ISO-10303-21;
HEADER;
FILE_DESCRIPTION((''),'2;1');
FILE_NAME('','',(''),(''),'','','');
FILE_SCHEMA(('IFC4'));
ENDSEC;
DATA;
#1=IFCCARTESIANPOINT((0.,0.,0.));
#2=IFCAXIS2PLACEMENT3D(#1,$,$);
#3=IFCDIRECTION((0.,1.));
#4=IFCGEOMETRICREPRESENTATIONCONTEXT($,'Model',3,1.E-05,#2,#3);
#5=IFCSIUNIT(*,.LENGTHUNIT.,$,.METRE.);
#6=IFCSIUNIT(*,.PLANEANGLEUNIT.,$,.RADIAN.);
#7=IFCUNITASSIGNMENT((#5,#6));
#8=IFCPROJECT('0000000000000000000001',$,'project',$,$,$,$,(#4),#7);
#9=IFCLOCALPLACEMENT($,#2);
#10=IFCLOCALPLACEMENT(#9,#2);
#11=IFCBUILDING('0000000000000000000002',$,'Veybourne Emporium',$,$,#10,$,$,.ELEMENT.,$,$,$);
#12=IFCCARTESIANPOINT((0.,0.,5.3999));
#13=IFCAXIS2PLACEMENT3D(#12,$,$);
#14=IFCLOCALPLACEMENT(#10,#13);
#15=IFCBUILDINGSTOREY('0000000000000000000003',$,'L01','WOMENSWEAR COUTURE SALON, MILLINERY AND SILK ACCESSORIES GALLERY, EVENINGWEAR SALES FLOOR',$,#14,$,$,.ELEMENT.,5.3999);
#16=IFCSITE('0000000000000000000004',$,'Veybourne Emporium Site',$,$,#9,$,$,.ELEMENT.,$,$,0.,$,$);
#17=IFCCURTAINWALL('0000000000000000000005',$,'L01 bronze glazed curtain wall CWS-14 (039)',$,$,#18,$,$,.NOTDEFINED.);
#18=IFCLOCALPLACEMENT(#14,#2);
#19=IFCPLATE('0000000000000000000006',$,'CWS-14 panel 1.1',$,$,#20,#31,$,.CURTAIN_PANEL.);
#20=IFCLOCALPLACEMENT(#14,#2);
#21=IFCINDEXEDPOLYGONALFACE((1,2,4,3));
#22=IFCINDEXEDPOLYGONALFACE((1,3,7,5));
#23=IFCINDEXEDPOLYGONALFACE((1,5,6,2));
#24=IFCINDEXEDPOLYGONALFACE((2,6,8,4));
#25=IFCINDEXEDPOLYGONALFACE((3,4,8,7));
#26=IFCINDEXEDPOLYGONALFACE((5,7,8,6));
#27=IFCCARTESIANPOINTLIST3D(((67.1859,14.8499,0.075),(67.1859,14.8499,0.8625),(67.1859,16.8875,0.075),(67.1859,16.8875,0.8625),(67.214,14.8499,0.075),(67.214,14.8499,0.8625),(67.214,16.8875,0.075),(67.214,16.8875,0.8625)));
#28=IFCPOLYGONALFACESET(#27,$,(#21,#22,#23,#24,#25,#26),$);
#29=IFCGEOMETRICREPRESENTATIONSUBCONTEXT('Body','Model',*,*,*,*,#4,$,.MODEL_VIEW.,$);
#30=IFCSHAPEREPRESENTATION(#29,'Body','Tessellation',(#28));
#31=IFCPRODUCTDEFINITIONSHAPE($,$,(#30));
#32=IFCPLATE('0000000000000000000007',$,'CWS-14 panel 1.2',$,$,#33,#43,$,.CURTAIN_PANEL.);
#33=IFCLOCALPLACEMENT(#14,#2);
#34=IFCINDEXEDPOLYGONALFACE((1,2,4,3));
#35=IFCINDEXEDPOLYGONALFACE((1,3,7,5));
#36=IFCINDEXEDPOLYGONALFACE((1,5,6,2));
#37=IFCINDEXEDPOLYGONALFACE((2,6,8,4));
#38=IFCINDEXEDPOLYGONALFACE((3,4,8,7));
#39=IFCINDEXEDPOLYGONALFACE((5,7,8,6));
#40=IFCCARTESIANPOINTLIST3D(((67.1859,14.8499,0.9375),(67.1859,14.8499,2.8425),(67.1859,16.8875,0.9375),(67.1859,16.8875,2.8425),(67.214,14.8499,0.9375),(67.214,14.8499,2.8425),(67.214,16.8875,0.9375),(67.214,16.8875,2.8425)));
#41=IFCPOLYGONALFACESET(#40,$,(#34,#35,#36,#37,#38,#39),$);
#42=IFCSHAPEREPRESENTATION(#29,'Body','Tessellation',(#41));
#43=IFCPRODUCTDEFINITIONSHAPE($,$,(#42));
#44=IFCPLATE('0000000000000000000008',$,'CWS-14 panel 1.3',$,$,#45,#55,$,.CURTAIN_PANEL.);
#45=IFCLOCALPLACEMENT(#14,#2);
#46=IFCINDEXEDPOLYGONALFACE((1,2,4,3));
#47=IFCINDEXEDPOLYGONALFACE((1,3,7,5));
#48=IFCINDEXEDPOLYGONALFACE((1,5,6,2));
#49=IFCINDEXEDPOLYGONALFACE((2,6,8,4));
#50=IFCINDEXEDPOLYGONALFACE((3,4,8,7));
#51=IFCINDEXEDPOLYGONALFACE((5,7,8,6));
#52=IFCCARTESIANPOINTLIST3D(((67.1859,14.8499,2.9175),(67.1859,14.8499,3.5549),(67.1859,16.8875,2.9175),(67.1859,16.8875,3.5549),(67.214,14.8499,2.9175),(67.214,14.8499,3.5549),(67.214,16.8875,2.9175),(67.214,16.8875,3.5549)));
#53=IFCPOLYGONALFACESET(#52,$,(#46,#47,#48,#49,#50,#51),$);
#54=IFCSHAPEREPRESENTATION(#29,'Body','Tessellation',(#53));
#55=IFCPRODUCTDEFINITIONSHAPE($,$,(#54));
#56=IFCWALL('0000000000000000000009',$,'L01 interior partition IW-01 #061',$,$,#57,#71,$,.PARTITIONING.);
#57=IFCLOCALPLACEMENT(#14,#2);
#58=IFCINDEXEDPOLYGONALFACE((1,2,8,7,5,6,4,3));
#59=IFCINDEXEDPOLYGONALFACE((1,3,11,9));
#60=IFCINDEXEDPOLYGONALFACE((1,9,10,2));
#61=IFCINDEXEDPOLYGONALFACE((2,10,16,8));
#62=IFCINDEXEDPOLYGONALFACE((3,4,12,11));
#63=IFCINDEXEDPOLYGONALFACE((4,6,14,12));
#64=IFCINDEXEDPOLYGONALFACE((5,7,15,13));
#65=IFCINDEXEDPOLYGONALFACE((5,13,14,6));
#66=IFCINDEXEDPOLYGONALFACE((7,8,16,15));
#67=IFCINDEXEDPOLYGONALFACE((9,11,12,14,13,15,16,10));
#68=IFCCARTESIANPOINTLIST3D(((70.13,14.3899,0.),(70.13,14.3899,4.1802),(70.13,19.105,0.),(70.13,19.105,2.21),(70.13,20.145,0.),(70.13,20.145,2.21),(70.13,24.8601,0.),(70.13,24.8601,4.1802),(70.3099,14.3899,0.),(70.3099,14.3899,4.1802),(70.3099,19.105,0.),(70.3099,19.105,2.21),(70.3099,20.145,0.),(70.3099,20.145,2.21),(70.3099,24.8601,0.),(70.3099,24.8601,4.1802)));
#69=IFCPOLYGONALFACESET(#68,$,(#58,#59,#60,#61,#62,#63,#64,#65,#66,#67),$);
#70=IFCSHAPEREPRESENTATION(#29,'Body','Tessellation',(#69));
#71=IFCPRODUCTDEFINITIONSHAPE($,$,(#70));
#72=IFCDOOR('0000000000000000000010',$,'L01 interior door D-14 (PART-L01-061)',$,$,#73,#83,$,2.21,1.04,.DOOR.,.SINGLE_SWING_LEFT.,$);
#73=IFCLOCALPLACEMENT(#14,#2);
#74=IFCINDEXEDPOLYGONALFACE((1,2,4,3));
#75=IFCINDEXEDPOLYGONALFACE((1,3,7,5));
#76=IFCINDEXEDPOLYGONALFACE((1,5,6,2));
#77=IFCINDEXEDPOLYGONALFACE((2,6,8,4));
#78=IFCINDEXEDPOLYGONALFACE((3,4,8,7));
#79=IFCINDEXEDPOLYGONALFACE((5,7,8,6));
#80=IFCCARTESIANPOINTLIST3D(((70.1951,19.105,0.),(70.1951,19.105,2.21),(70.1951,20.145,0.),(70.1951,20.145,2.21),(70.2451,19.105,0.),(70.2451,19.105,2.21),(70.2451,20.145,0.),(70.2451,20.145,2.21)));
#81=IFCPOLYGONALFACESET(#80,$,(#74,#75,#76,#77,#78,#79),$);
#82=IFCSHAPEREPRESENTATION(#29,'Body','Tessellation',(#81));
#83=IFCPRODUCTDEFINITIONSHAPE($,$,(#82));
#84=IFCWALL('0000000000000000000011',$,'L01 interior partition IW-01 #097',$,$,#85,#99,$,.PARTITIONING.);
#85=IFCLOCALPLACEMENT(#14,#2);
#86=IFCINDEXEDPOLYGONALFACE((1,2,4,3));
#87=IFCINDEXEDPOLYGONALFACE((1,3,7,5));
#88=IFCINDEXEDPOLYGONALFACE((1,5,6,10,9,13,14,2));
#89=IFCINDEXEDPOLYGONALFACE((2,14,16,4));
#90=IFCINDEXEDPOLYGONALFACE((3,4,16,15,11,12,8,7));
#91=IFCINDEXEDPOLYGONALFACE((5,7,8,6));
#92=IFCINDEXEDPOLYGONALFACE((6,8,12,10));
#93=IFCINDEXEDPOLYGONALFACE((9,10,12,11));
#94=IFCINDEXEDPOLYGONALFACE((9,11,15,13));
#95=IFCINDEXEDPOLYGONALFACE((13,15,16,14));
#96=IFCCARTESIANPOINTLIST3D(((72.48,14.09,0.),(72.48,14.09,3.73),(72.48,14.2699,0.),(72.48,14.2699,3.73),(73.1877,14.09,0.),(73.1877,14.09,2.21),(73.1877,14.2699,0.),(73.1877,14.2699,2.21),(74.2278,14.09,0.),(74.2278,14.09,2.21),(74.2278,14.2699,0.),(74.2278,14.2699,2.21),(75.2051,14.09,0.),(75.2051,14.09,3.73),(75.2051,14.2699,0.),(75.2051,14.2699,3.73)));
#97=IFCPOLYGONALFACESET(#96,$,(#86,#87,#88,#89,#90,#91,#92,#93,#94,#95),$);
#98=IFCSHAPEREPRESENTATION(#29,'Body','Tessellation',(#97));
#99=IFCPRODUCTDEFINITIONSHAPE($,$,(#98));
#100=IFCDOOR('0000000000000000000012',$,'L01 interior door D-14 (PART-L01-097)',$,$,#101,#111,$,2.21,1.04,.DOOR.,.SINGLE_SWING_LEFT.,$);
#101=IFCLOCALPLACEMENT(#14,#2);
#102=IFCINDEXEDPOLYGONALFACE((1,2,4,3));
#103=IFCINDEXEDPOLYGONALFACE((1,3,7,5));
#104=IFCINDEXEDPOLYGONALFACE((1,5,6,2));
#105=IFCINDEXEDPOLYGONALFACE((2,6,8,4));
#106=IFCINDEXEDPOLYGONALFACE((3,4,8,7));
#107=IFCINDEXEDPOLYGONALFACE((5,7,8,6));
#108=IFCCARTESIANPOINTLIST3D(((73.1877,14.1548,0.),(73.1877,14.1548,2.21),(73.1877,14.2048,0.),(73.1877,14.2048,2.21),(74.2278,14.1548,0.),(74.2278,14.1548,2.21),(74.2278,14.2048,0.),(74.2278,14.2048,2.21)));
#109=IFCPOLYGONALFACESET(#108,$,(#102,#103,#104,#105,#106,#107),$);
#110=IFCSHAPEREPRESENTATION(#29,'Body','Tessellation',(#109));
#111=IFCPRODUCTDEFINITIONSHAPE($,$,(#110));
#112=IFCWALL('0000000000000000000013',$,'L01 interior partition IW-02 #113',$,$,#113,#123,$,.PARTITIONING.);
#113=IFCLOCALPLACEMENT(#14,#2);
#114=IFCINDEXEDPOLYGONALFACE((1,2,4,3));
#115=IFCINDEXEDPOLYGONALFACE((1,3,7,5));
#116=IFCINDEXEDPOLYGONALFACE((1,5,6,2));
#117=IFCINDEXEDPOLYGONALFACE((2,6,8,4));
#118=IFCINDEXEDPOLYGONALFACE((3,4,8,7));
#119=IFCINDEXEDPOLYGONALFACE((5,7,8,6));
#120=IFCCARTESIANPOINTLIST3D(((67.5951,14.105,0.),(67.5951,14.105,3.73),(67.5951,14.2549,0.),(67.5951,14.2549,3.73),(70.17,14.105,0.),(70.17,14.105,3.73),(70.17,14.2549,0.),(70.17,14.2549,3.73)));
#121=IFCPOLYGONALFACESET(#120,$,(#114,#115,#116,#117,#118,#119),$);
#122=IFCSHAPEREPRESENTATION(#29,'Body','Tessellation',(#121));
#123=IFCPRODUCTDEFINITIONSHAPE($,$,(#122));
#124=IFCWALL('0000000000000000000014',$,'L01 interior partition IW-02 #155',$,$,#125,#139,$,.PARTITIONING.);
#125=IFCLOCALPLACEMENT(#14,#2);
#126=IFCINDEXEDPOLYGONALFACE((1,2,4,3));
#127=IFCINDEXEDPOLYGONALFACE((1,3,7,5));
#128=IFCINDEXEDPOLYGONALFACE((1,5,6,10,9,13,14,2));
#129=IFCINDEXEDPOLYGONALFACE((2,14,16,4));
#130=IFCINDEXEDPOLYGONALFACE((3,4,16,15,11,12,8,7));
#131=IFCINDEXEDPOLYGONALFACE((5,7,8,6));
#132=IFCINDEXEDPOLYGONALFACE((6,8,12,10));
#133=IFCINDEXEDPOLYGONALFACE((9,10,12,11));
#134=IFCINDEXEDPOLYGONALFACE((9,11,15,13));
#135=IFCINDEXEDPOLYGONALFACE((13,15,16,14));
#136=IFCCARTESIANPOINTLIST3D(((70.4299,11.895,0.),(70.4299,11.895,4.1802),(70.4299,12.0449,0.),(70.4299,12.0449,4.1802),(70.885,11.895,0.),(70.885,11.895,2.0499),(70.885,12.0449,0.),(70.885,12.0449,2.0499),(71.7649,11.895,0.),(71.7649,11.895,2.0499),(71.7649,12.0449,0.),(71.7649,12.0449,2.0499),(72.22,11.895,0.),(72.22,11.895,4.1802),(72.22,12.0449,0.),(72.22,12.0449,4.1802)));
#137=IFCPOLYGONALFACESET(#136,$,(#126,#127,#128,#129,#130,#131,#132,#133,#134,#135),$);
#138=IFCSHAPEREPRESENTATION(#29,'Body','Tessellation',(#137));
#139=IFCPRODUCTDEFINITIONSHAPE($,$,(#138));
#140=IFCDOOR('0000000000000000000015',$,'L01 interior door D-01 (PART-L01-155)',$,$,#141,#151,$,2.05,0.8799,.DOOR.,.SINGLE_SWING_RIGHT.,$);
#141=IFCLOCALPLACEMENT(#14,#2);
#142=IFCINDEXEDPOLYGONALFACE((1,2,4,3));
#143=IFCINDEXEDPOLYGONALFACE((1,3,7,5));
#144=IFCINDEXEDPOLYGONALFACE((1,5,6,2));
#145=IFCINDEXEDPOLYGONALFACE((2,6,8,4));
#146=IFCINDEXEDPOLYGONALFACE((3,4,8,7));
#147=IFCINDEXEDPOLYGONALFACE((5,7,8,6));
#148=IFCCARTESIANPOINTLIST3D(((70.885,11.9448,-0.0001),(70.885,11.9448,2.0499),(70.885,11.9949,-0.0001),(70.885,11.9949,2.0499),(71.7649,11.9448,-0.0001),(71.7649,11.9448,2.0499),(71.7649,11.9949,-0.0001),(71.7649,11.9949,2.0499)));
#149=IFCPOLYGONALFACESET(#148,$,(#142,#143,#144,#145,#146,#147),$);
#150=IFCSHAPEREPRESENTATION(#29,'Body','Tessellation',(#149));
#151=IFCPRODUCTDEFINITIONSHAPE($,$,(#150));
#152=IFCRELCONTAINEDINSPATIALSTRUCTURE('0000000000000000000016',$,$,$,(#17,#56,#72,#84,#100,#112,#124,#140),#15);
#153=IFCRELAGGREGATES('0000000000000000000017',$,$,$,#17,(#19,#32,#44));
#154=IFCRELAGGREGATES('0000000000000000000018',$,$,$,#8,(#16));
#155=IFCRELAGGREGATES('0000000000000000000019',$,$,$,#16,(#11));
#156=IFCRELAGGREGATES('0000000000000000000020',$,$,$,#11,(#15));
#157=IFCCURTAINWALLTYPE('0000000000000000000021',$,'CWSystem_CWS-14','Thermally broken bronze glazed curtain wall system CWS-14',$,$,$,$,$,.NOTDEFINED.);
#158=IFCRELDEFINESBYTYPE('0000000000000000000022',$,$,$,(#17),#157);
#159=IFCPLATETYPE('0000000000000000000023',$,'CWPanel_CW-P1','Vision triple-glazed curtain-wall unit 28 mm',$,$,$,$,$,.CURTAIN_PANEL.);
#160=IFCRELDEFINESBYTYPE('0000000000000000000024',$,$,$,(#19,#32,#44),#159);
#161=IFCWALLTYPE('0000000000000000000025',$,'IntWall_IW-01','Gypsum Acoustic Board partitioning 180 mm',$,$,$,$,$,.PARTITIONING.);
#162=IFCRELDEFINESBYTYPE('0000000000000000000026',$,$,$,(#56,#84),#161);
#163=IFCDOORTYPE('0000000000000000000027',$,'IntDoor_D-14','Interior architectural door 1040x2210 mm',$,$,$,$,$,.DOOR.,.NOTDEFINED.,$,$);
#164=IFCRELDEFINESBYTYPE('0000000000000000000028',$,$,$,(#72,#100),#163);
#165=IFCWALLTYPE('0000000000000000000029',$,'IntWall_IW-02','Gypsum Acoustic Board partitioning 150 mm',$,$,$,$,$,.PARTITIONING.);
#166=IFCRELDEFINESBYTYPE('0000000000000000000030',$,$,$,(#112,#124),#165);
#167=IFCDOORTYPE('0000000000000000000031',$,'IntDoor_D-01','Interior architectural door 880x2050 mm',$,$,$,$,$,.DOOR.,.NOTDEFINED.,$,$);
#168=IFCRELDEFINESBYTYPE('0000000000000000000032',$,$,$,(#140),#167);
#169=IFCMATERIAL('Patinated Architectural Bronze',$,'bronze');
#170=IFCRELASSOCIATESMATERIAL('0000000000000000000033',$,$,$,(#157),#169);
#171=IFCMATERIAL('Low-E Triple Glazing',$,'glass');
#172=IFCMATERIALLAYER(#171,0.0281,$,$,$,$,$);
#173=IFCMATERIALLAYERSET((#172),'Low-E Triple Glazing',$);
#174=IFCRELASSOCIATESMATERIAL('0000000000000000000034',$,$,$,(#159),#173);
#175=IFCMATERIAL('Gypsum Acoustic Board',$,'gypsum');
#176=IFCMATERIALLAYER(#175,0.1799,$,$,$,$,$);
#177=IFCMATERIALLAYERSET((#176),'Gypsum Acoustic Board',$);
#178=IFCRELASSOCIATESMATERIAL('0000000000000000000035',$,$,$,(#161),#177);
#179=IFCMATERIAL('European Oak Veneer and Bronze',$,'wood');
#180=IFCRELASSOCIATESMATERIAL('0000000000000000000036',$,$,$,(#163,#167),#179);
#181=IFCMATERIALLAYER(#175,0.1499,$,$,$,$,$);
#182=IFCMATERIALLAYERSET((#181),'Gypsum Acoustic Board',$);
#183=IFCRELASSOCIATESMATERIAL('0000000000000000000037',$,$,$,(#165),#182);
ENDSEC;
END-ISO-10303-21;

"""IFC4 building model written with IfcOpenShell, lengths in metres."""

from ifc_helpers import new_model, si_unit, direction, frame, frame_2d, origin, origin_2d, place, context, subcontext, project, spatial, rectangle, extrude, material, layer, layer_set, type_object, element, fill, aggregate, save


model = new_model("IFC4")

# Units and contexts
model_context = context("Model", 3, precision=1e-05, world=origin(), true_north=direction((0.0, 1.0)))
body_context = subcontext(model_context, "Body", "Model", "MODEL_VIEW")
ifc_project = project(units=[si_unit("LENGTHUNIT", "METRE"), si_unit("PLANEANGLEUNIT", "RADIAN")], contexts=[model_context])

# Site, building, storey
site_placement = place(None, origin())
site = spatial("IfcSite", under=ifc_project, at=site_placement, Name="Veybourne Emporium Site", CompositionType="ELEMENT", RefElevation=0.0)
building_placement = place(site_placement, origin())
building = spatial("IfcBuilding", under=site, at=building_placement, Name="Veybourne Emporium", CompositionType="ELEMENT")
storey_placement = place(building_placement, frame((0.0, 0.0, 5.3999)))
storey = spatial("IfcBuildingStorey", under=building, at=storey_placement, Name="L01", Description="WOMENSWEAR COUTURE SALON, MILLINERY AND SILK ACCESSORIES GALLERY, EVENINGWEAR SALES FLOOR", CompositionType="ELEMENT", Elevation=5.3999)

# Curtain wall
ifc_material_1 = material(Name="Patinated Architectural Bronze", Category="bronze")
curtain_wall_type_1 = type_object("IfcCurtainWallType", Name="CWSystem_CWS-14", Description="Thermally broken bronze glazed curtain wall system CWS-14", PredefinedType="NOTDEFINED", material=ifc_material_1)
curtain_wall_1_placement = place(storey_placement, origin())
curtain_wall_1 = element("IfcCurtainWall", 1, at=curtain_wall_1_placement, inside=storey, type_object=curtain_wall_type_1, Name="L01 bronze glazed curtain wall CWS-14 (039)", PredefinedType="NOTDEFINED")

# Shared definitions
ifc_material_2 = material(Name="Low-E Triple Glazing", Category="glass")
ifc_layer_1 = layer(ifc_material_2, 0.0281)
ifc_layer_set_1 = layer_set([ifc_layer_1], Name="Low-E Triple Glazing")
plate_type = type_object("IfcPlateType", Name="CWPanel_CW-P1", Description="Vision triple-glazed curtain-wall unit 28 mm", PredefinedType="CURTAIN_PANEL", material=ifc_layer_set_1)

# Plates
plate_1_placement = place(storey_placement, frame((67.2, 15.8687, 0.075), z_axis=(0.0, 0.0, 1.0), x_axis=(0.0, 1.0, 0.0)))
plate_1 = element("IfcPlate", 2, at=plate_1_placement, type_object=plate_type, Name="CWS-14 panel 1.1", PredefinedType="CURTAIN_PANEL", context=body_context, shape_type="SweptSolid", body=[
    extrude(rectangle(XDim=2.0376, YDim=0.0281, at=origin_2d()), origin(), (0.0, 0.0, 1.0), 0.7876),
])
plate_2_placement = place(storey_placement, frame((67.2, 15.8687, 0.9375), z_axis=(0.0, 0.0, 1.0), x_axis=(0.0, 1.0, 0.0)))
plate_2 = element("IfcPlate", 3, at=plate_2_placement, type_object=plate_type, Name="CWS-14 panel 1.2", PredefinedType="CURTAIN_PANEL", context=body_context, shape_type="SweptSolid", body=[
    extrude(rectangle(XDim=2.0376, YDim=0.0281, at=origin_2d()), origin(), (0.0, 0.0, 1.0), 1.905),
])
plate_3_placement = place(storey_placement, frame((67.2, 15.8687, 2.9175), z_axis=(0.0, 0.0, 1.0), x_axis=(0.0, 1.0, 0.0)))
plate_3 = element("IfcPlate", 4, at=plate_3_placement, type_object=plate_type, Name="CWS-14 panel 1.3", PredefinedType="CURTAIN_PANEL", context=body_context, shape_type="SweptSolid", body=[
    extrude(rectangle(XDim=2.0376, YDim=0.0281, at=origin_2d()), origin(), (0.0, 0.0, 1.0), 0.6375),
])
aggregate(curtain_wall_1, [plate_1, plate_2, plate_3])

# Walls, openings, doors
ifc_material_3 = material(Name="Gypsum Acoustic Board", Category="gypsum")
ifc_layer_2 = layer(ifc_material_3, 0.1799)
ifc_layer_set_2 = layer_set([ifc_layer_2], Name="Gypsum Acoustic Board")
wall_type_1 = type_object("IfcWallType", Name="IntWall_IW-01", Description="Gypsum Acoustic Board partitioning 180 mm", PredefinedType="PARTITIONING", material=ifc_layer_set_2)
wall_1_placement = place(storey_placement, frame((70.22, 14.3899, 0.0), z_axis=(0.0, 0.0, 1.0), x_axis=(0.0, 1.0, 0.0)))
wall_1 = element("IfcWall", 5, at=wall_1_placement, inside=storey, type_object=wall_type_1, Name="L01 interior partition IW-01 #061", PredefinedType="PARTITIONING", context=body_context, shape_type="SweptSolid", body=[
    extrude(rectangle(XDim=10.4702, YDim=0.1799, at=frame_2d((5.2351, 0.0))), origin(), (0.0, 0.0, 1.0), 4.1802),
])
opening_1_placement = place(wall_1_placement, frame((4.7151, 0.0, 0.0)))
opening_1 = element("IfcOpeningElement", 6, at=opening_1_placement, cuts=wall_1, PredefinedType="OPENING", context=body_context, shape_type="SweptSolid", body=[
    extrude(rectangle(XDim=1.04, YDim=2.21, at=frame_2d((0.52, 1.105))), frame((0.0, 0.1099, 0.0), z_axis=(0.0, -1.0, 0.0), x_axis=(1.0, 0.0, 0.0)), (0.0, 0.0, 1.0), 0.22),
])
ifc_material_4 = material(Name="European Oak Veneer and Bronze", Category="wood")
door_type_1 = type_object("IfcDoorType", Name="IntDoor_D-14", Description="Interior architectural door 1040x2210 mm", OperationType="NOTDEFINED", PredefinedType="DOOR", material=ifc_material_4)
door_1_placement = place(opening_1_placement, origin())
door_1 = element("IfcDoor", 7, at=door_1_placement, inside=storey, type_object=door_type_1, Name="L01 interior door D-14 (PART-L01-061)", OperationType="SINGLE_SWING_LEFT", OverallHeight=2.21, OverallWidth=1.04, PredefinedType="DOOR", context=body_context, shape_type="SweptSolid", body=[
    extrude(rectangle(XDim=1.04, YDim=2.21, at=frame_2d((0.52, 1.105))), frame((0.0, 0.0249, 0.0), z_axis=(0.0, -1.0, 0.0), x_axis=(1.0, 0.0, 0.0)), (0.0, 0.0, 1.0), 0.05),
])
fill(opening_1, door_1)
wall_2_placement = place(storey_placement, frame((72.48, 14.1799, 0.0), z_axis=(0.0, 0.0, 1.0), x_axis=(1.0, 0.0, 0.0)))
wall_2 = element("IfcWall", 8, at=wall_2_placement, inside=storey, type_object=wall_type_1, Name="L01 interior partition IW-01 #097", PredefinedType="PARTITIONING", context=body_context, shape_type="SweptSolid", body=[
    extrude(rectangle(XDim=2.7251, YDim=0.1799, at=frame_2d((1.3625, 0.0))), origin(), (0.0, 0.0, 1.0), 3.73),
])
opening_2_placement = place(wall_2_placement, frame((0.7078, 0.0, 0.0)))
opening_2 = element("IfcOpeningElement", 9, at=opening_2_placement, cuts=wall_2, PredefinedType="OPENING", context=body_context, shape_type="SweptSolid", body=[
    extrude(rectangle(XDim=1.04, YDim=2.21, at=frame_2d((0.52, 1.105))), frame((0.0, 0.1099, 0.0), z_axis=(0.0, -1.0, 0.0), x_axis=(1.0, 0.0, 0.0)), (0.0, 0.0, 1.0), 0.22),
])
door_2_placement = place(opening_2_placement, origin())
door_2 = element("IfcDoor", 10, at=door_2_placement, inside=storey, type_object=door_type_1, Name="L01 interior door D-14 (PART-L01-097)", OperationType="SINGLE_SWING_LEFT", OverallHeight=2.21, OverallWidth=1.04, PredefinedType="DOOR", context=body_context, shape_type="SweptSolid", body=[
    extrude(rectangle(XDim=1.04, YDim=2.21, at=frame_2d((0.52, 1.105))), frame((0.0, 0.0249, 0.0), z_axis=(0.0, -1.0, 0.0), x_axis=(1.0, 0.0, 0.0)), (0.0, 0.0, 1.0), 0.05),
])
fill(opening_2, door_2)

# Wall
ifc_layer_3 = layer(ifc_material_3, 0.1499)
ifc_layer_set_3 = layer_set([ifc_layer_3], Name="Gypsum Acoustic Board")
wall_type_2 = type_object("IfcWallType", Name="IntWall_IW-02", Description="Gypsum Acoustic Board partitioning 150 mm", PredefinedType="PARTITIONING", material=ifc_layer_set_3)
wall_3_placement = place(storey_placement, frame((67.595, 14.1799, 0.0), z_axis=(0.0, 0.0, 1.0), x_axis=(1.0, 0.0, 0.0)))
element("IfcWall", 11, at=wall_3_placement, inside=storey, type_object=wall_type_2, Name="L01 interior partition IW-02 #113", PredefinedType="PARTITIONING", context=body_context, shape_type="SweptSolid", body=[
    extrude(rectangle(XDim=2.575, YDim=0.1499, at=frame_2d((1.2876, 0.0))), origin(), (0.0, 0.0, 1.0), 3.73),
])

# Wall, opening, door
wall_4_placement = place(storey_placement, frame((70.4299, 11.97, 0.0), z_axis=(0.0, 0.0, 1.0), x_axis=(1.0, 0.0, 0.0)))
wall_4 = element("IfcWall", 12, at=wall_4_placement, inside=storey, type_object=wall_type_2, Name="L01 interior partition IW-02 #155", PredefinedType="PARTITIONING", context=body_context, shape_type="SweptSolid", body=[
    extrude(rectangle(XDim=1.79, YDim=0.1499, at=frame_2d((0.895, 0.0))), origin(), (0.0, 0.0, 1.0), 4.1802),
])
opening_3_placement = place(wall_4_placement, frame((0.4551, 0.0, 0.0)))
opening_3 = element("IfcOpeningElement", 13, at=opening_3_placement, cuts=wall_4, PredefinedType="OPENING", context=body_context, shape_type="SweptSolid", body=[
    extrude(rectangle(XDim=0.8799, YDim=2.05, at=frame_2d((0.4399, 1.0249))), frame((0.0, 0.095, 0.0), z_axis=(0.0, -1.0, 0.0), x_axis=(1.0, 0.0, 0.0)), (0.0, 0.0, 1.0), 0.1899),
])
door_type_2 = type_object("IfcDoorType", Name="IntDoor_D-01", Description="Interior architectural door 880x2050 mm", OperationType="NOTDEFINED", PredefinedType="DOOR", material=ifc_material_4)
door_3_placement = place(opening_3_placement, origin())
door_3 = element("IfcDoor", 14, at=door_3_placement, inside=storey, type_object=door_type_2, Name="L01 interior door D-01 (PART-L01-155)", OperationType="SINGLE_SWING_RIGHT", OverallHeight=2.05, OverallWidth=0.8799, PredefinedType="DOOR", context=body_context, shape_type="SweptSolid", body=[
    extrude(rectangle(XDim=0.8799, YDim=2.05, at=frame_2d((0.4399, 1.0249))), frame((0.0, 0.0249, 0.0), z_axis=(0.0, -1.0, 0.0), x_axis=(1.0, 0.0, 0.0)), (0.0, 0.0, 1.0), 0.05),
])
fill(opening_3, door_3)

save(model, "model.ifc")
